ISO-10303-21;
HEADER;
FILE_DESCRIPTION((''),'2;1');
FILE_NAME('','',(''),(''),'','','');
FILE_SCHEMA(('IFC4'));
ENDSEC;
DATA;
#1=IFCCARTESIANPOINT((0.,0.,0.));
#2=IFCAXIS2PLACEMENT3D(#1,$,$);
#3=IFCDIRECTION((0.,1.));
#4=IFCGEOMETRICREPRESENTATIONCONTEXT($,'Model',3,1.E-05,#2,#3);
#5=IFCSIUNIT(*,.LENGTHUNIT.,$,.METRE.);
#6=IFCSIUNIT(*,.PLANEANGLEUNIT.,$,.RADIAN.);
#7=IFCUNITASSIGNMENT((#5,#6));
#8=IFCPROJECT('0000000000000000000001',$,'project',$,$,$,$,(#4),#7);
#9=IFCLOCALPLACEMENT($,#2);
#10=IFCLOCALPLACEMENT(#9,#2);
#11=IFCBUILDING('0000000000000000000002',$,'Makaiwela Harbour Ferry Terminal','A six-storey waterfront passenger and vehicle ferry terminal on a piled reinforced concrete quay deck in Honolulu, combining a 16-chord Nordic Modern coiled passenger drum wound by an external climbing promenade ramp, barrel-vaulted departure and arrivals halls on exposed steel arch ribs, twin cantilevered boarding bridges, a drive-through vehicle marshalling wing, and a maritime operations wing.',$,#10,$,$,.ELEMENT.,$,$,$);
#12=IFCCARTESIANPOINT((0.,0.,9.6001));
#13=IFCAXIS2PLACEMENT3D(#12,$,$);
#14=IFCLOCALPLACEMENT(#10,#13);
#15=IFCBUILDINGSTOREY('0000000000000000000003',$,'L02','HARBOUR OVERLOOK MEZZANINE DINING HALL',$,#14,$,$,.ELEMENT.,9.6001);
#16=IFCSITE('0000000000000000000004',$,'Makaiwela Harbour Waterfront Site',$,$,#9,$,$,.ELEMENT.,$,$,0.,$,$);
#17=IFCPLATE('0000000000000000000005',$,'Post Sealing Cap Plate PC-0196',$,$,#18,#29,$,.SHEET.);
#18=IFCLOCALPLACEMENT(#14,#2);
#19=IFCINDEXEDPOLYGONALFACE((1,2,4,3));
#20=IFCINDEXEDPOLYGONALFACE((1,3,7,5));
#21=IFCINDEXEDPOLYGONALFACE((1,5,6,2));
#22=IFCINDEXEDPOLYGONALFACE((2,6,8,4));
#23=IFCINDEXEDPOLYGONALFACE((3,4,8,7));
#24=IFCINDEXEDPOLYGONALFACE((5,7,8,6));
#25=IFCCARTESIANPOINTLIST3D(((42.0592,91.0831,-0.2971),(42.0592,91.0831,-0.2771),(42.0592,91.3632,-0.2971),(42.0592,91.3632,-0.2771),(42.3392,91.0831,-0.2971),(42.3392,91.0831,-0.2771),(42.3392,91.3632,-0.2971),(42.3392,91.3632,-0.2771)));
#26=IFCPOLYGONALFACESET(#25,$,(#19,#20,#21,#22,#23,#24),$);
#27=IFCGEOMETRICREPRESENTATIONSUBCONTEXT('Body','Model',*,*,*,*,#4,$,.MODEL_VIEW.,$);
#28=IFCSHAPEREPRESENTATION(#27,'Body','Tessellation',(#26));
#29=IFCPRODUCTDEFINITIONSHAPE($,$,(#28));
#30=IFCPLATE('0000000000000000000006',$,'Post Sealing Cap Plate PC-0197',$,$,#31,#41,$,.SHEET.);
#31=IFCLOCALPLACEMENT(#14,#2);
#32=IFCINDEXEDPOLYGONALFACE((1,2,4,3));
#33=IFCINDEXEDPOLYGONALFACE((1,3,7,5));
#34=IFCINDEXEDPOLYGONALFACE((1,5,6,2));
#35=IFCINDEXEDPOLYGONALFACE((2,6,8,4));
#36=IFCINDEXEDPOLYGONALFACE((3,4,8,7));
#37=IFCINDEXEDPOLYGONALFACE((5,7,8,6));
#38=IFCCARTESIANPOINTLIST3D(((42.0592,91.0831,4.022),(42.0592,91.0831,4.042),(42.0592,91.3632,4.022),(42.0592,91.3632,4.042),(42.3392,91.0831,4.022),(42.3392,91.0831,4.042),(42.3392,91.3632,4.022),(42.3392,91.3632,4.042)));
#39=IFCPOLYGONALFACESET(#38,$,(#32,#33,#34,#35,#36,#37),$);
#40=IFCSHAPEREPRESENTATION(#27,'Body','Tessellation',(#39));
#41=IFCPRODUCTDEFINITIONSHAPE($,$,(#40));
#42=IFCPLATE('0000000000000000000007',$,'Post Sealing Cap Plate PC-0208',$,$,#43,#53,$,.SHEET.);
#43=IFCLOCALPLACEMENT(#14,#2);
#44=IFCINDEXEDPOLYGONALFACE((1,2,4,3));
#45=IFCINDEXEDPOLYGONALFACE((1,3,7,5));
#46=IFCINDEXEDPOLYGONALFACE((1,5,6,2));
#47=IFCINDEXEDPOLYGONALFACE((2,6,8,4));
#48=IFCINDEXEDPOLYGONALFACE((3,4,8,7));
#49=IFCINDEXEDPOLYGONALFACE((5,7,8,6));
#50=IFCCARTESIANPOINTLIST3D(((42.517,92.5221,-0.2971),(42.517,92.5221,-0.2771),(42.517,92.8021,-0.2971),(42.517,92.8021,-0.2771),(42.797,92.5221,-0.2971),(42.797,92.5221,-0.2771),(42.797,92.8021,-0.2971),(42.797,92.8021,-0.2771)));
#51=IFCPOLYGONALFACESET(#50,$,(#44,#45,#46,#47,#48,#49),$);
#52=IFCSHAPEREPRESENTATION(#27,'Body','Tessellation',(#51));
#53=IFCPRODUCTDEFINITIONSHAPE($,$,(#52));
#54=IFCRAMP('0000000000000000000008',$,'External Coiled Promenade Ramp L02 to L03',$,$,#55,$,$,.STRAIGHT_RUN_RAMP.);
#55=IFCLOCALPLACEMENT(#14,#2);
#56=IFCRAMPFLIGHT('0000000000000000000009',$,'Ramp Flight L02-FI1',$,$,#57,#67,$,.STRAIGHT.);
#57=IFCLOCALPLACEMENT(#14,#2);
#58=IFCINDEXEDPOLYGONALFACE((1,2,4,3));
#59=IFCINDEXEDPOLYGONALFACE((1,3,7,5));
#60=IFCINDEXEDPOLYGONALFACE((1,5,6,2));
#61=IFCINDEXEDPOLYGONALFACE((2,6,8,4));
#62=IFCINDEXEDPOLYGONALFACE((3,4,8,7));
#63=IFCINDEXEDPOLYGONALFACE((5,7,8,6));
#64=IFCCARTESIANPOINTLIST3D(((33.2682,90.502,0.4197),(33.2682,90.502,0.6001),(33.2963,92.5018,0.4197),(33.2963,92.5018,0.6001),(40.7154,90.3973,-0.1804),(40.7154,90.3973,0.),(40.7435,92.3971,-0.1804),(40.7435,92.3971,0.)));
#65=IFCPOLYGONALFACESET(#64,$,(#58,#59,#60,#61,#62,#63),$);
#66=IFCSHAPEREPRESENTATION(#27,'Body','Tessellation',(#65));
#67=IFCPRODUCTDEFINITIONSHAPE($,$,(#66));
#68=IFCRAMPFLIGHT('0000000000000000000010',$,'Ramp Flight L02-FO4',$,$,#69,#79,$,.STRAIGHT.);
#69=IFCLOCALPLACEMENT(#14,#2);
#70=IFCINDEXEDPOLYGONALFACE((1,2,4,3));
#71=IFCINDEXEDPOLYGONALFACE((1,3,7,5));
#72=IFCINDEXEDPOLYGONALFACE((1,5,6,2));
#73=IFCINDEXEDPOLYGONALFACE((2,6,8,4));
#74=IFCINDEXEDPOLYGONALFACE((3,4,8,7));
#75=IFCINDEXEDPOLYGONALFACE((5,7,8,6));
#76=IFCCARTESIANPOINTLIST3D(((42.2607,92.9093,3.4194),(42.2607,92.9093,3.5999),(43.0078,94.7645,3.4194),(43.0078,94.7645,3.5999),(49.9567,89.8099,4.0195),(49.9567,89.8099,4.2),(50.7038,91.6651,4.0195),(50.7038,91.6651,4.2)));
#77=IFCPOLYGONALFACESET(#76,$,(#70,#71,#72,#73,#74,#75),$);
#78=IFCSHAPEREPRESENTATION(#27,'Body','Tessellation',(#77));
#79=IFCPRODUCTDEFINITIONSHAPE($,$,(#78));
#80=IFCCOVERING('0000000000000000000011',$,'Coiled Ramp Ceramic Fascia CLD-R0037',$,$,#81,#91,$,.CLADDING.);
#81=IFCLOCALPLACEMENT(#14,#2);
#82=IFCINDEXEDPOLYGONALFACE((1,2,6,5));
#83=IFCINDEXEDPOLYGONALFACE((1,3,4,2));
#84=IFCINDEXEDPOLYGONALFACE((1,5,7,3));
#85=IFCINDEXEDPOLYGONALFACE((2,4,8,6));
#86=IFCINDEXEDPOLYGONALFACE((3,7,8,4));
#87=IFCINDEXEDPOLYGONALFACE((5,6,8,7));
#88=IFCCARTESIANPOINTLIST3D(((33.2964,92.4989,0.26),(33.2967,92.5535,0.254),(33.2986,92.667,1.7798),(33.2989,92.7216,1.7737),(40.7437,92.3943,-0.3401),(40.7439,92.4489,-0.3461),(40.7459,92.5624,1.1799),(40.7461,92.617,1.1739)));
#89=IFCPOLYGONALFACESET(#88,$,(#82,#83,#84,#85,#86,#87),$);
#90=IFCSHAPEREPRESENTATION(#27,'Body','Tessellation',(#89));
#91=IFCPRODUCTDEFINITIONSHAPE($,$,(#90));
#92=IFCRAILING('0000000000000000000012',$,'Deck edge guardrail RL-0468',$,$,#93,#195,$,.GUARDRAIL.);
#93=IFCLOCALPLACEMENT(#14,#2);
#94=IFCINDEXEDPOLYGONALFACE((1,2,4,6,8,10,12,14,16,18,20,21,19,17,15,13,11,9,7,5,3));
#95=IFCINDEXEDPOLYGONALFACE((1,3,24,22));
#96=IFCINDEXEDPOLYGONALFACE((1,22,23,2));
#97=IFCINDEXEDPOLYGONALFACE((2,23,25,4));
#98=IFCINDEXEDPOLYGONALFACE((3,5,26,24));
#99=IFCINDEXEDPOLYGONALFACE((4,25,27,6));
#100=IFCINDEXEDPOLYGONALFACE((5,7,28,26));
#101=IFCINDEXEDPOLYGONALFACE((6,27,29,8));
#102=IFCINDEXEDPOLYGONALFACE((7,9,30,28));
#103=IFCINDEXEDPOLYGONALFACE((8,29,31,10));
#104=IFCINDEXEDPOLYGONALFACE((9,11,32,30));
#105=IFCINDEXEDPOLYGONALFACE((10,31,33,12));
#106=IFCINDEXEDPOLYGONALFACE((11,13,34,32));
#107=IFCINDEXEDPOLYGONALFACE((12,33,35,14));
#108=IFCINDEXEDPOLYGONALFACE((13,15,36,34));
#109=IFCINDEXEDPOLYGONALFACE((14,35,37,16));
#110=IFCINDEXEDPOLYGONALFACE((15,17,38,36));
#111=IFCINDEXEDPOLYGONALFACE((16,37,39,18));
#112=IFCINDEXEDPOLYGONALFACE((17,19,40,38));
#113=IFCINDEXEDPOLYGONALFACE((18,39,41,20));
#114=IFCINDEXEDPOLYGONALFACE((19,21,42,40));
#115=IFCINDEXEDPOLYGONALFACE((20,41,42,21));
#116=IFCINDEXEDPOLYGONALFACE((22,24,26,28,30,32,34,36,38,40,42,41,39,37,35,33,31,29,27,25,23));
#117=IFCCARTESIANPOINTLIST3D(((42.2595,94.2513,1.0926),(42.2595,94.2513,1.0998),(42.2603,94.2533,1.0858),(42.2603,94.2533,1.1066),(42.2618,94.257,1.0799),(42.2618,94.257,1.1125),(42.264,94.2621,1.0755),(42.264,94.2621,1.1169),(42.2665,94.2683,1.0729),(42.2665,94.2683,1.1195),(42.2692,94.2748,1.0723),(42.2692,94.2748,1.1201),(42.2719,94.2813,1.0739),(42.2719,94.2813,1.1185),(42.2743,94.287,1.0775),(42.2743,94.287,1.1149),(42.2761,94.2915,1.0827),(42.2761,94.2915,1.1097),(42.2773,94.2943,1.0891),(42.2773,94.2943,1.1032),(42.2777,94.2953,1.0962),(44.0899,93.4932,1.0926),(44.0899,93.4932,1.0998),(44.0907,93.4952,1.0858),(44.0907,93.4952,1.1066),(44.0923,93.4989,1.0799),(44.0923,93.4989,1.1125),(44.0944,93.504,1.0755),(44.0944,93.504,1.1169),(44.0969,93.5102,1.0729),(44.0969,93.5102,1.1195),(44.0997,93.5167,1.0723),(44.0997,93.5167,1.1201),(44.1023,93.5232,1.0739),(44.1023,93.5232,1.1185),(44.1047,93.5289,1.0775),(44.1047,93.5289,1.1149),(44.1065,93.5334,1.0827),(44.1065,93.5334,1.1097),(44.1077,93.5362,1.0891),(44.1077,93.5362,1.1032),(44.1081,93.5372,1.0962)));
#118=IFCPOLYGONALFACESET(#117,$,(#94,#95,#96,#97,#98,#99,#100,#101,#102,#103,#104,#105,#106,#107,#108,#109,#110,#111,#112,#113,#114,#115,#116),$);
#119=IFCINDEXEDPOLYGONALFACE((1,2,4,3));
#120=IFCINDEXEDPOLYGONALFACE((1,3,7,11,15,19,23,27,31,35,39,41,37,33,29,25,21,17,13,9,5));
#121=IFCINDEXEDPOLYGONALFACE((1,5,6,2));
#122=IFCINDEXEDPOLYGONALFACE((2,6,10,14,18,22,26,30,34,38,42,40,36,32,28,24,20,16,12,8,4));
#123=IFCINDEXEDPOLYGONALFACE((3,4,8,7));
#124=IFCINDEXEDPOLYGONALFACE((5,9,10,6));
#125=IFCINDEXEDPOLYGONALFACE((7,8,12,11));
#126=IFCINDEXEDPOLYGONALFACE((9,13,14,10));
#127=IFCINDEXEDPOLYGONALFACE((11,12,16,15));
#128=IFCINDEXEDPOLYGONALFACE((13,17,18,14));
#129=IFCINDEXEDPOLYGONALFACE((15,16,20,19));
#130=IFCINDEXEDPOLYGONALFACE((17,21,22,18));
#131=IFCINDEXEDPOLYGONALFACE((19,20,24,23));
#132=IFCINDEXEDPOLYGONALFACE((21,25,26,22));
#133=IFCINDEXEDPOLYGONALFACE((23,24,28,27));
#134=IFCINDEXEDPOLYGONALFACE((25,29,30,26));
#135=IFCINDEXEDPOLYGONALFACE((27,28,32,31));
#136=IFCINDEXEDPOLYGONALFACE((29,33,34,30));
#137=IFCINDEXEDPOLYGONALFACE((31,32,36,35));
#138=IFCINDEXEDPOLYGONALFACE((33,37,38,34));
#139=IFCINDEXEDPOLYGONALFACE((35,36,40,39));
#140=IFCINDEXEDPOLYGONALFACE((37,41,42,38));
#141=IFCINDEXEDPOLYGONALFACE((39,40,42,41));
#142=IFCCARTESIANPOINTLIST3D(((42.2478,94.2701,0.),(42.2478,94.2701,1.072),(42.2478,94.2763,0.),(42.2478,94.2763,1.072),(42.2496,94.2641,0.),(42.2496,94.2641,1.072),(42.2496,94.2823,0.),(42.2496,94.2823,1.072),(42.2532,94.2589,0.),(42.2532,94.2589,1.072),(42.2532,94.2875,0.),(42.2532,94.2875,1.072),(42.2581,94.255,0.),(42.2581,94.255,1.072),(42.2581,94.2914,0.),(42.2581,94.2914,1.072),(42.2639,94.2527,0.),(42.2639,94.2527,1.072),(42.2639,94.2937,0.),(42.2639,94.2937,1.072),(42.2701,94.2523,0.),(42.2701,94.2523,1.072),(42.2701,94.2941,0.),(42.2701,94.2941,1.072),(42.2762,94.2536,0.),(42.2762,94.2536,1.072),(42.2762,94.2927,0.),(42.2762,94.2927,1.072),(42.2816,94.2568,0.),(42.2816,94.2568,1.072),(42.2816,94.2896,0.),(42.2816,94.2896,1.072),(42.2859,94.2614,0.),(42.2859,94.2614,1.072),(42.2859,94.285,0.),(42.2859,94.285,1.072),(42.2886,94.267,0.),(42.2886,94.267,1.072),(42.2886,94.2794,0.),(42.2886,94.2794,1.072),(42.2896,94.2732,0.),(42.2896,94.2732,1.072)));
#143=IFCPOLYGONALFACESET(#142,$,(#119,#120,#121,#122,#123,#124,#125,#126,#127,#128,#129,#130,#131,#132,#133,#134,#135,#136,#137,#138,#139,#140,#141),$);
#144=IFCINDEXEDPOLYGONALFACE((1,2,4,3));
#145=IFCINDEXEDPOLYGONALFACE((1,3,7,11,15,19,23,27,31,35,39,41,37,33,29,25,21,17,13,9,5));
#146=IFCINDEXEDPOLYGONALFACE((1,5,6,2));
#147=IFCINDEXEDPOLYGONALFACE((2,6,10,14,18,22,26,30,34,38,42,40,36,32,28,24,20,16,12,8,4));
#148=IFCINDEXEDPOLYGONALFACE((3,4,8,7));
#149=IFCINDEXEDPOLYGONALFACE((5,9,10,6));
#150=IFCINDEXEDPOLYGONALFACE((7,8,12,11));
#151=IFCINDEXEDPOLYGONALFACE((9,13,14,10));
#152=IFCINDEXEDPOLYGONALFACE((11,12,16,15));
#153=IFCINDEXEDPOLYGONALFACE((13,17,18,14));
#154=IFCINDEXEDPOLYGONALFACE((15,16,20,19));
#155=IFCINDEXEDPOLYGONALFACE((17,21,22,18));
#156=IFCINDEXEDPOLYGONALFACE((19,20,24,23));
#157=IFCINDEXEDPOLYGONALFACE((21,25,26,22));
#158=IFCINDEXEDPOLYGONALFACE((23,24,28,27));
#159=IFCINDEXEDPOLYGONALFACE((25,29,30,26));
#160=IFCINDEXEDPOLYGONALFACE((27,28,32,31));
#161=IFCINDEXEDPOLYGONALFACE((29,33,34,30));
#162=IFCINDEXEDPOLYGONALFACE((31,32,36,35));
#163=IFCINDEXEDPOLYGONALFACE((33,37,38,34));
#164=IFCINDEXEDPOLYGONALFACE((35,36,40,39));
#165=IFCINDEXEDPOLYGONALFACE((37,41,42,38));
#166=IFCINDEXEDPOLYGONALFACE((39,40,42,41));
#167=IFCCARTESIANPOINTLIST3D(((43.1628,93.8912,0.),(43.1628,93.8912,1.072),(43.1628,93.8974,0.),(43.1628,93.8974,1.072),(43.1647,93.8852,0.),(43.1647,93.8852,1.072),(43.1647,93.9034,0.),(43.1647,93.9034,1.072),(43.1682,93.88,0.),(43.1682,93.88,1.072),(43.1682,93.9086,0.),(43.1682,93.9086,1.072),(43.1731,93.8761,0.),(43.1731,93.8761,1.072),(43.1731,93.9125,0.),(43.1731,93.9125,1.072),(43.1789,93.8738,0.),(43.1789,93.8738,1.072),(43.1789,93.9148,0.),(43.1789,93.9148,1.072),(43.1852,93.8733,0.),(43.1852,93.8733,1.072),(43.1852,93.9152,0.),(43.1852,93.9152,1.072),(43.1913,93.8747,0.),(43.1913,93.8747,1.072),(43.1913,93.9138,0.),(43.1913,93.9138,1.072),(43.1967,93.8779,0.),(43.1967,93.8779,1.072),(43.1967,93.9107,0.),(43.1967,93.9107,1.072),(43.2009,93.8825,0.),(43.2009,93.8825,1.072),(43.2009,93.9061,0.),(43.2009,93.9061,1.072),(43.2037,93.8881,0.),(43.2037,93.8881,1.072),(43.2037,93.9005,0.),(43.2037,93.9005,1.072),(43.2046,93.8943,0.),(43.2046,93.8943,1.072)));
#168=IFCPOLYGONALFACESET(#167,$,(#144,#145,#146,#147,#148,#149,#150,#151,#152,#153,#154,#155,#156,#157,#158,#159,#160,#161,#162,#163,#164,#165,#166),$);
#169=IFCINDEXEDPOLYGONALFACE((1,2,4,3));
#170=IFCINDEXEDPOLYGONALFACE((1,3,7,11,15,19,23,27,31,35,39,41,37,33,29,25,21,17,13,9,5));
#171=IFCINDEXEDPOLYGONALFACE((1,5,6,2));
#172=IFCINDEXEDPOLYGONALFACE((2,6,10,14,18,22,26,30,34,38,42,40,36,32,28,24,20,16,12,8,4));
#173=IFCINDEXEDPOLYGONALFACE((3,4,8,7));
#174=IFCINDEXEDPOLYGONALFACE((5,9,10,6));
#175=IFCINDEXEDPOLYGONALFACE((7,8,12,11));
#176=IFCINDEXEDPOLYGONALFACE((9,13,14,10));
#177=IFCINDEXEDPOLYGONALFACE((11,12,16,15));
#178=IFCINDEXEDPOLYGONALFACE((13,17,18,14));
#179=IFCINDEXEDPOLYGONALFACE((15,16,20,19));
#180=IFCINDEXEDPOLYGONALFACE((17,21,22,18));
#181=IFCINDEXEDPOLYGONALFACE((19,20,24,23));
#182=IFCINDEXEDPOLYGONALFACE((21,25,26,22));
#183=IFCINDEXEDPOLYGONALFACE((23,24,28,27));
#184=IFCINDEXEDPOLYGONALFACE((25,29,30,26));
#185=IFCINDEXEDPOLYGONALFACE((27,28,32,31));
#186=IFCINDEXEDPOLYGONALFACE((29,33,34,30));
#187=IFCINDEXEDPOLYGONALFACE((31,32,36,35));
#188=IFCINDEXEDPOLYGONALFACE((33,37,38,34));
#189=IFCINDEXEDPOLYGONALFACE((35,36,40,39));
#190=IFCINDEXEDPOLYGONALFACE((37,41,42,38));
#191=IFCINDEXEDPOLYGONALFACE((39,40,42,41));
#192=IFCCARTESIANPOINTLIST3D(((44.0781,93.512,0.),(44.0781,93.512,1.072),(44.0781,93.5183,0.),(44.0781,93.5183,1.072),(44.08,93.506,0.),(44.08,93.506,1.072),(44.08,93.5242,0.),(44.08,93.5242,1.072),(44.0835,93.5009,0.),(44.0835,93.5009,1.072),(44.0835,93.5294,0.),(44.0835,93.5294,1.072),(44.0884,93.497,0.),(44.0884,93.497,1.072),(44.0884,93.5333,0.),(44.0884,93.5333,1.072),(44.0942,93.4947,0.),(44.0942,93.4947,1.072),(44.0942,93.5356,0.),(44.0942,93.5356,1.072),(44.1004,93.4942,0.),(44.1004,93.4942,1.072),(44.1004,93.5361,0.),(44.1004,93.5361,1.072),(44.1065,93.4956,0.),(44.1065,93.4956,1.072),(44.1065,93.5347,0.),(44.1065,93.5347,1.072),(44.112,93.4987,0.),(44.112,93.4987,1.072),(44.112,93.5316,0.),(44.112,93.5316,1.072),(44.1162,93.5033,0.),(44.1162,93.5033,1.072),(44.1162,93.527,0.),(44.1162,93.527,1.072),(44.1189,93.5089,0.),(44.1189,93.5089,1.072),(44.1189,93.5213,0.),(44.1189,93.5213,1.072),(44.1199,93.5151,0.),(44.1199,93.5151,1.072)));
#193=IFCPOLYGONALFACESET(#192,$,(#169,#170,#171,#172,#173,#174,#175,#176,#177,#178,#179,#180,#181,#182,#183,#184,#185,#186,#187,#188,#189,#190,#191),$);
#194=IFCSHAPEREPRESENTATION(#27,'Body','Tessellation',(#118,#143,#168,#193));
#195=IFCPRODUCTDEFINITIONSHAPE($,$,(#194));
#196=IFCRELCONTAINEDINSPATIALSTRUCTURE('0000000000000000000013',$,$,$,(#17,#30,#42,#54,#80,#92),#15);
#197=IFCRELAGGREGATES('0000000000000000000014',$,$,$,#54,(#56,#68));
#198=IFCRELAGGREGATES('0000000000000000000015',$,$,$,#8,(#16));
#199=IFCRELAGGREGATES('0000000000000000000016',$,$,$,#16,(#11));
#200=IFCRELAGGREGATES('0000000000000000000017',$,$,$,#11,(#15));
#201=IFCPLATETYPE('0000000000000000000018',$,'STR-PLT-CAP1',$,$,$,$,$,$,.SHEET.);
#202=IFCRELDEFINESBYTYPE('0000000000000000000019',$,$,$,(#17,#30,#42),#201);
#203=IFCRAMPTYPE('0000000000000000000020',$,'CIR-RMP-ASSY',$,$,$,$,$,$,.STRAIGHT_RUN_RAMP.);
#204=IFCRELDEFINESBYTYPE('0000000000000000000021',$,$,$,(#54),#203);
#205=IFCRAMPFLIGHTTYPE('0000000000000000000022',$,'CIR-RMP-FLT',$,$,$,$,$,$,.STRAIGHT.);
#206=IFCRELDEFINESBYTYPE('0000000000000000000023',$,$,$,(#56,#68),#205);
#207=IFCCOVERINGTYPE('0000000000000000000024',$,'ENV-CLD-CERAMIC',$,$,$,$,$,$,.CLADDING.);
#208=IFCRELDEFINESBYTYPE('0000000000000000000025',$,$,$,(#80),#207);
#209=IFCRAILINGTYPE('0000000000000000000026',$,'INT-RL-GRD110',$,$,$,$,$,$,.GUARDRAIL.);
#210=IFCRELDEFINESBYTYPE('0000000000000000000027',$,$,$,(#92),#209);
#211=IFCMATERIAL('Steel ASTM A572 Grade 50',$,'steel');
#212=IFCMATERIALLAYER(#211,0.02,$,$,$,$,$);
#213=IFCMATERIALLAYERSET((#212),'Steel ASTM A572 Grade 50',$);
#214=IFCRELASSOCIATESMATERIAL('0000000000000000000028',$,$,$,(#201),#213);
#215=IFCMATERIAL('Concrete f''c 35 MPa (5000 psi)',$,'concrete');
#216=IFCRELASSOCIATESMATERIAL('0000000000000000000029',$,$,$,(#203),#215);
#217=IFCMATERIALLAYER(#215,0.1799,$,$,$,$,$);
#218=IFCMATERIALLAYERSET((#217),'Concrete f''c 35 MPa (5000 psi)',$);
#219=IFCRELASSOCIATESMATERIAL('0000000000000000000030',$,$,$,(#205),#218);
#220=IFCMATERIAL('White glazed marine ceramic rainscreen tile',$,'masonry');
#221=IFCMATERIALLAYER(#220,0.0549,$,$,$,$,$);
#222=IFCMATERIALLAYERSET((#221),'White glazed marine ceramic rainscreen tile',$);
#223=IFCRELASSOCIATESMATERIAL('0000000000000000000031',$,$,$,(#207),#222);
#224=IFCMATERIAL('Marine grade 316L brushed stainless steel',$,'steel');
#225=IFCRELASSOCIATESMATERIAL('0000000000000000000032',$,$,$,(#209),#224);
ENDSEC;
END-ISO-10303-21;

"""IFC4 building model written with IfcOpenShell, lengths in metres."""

from ifc_helpers import new_model, si_unit, direction, frame, origin, origin_2d, place, context, subcontext, project, spatial, polyline, rectangle, circle, outline, extrude, material, layer, layer_set, type_object, element, aggregate, save


model = new_model("IFC4")

# Units and contexts
model_context = context("Model", 3, precision=1e-05, world=origin(), true_north=direction((0.0, 1.0)))
body_context = subcontext(model_context, "Body", "Model", "MODEL_VIEW")
ifc_project = project(units=[si_unit("LENGTHUNIT", "METRE"), si_unit("PLANEANGLEUNIT", "RADIAN")], contexts=[model_context])

# Site, building, storey
site_placement = place(None, origin())
site = spatial("IfcSite", under=ifc_project, at=site_placement, Name="Makaiwela Harbour Waterfront Site", CompositionType="ELEMENT", RefElevation=0.0)
building_placement = place(site_placement, origin())
building = spatial("IfcBuilding", under=site, at=building_placement, Name="Makaiwela Harbour Ferry Terminal", Description="A six-storey waterfront passenger and vehicle ferry terminal on a piled reinforced concrete quay deck in Honolulu, combining a 16-chord Nordic Modern coiled passenger drum wound by an external climbing promenade ramp, barrel-vaulted departure and arrivals halls on exposed steel arch ribs, twin cantilevered boarding bridges, a drive-through vehicle marshalling wing, and a maritime operations wing.", CompositionType="ELEMENT")
storey_placement = place(building_placement, frame((0.0, 0.0, 9.6001)))
storey = spatial("IfcBuildingStorey", under=building, at=storey_placement, Name="L02", Description="HARBOUR OVERLOOK MEZZANINE DINING HALL", CompositionType="ELEMENT", Elevation=9.6001)

# Plates
ifc_material_1 = material(Name="Steel ASTM A572 Grade 50", Category="steel")
ifc_layer_1 = layer(ifc_material_1, 0.02)
ifc_layer_set_1 = layer_set([ifc_layer_1], Name="Steel ASTM A572 Grade 50")
plate_type = type_object("IfcPlateType", Name="STR-PLT-CAP1", PredefinedType="SHEET", material=ifc_layer_set_1)
for number, where, z_axis, x_axis, name in (
    (1, (42.1992, 91.2231, -0.2971), (0.0, 0.0, 1.0), (1.0, 0.0, 0.0), "Post Sealing Cap Plate PC-0196"),
    (2, (42.1992, 91.2231, 4.022), (0.0, 0.0, 1.0), (1.0, 0.0, 0.0), "Post Sealing Cap Plate PC-0197"),
    (3, (42.657, 92.6621, -0.2971), (0.0, 0.0, 1.0), (1.0, 0.0, 0.0), "Post Sealing Cap Plate PC-0208"),
):
    element("IfcPlate", number, at=place(storey_placement, frame(where, z_axis=z_axis, x_axis=x_axis)), inside=storey, type_object=plate_type, Name=name, PredefinedType="SHEET", context=body_context, shape_type="SweptSolid", body=[
        extrude(rectangle(XDim=0.28, YDim=0.28, at=origin_2d()), origin(), (0.0, 0.0, 1.0), 0.02),
    ])

# Ramp, ramp flights
ifc_material_2 = material(Name="Concrete f'c 35 MPa (5000 psi)", Category="concrete")
ramp_type = type_object("IfcRampType", Name="CIR-RMP-ASSY", PredefinedType="STRAIGHT_RUN_RAMP", material=ifc_material_2)
ramp_placement = place(storey_placement, origin())
ramp = element("IfcRamp", 4, at=ramp_placement, inside=storey, type_object=ramp_type, Name="External Coiled Promenade Ramp L02 to L03", PredefinedType="STRAIGHT_RUN_RAMP")
ifc_layer_2 = layer(ifc_material_2, 0.1799)
ifc_layer_set_2 = layer_set([ifc_layer_2], Name="Concrete f'c 35 MPa (5000 psi)")
ramp_flight_type = type_object("IfcRampFlightType", Name="CIR-RMP-FLT", PredefinedType="STRAIGHT", material=ifc_layer_set_2)
ramp_flight_1_placement = place(storey_placement, frame((40.7295, 91.3972, 0.0), z_axis=(0.0, 0.0, 1.0), x_axis=(-0.999901, 0.014049, 0.0)))
ramp_flight_1 = element("IfcRampFlight", 5, at=ramp_flight_1_placement, type_object=ramp_flight_type, Name="Ramp Flight L02-FI1", PredefinedType="STRAIGHT", context=body_context, shape_type="SweptSolid", body=[
    extrude(outline(polyline([(0.0, 0.0), (7.448, 0.6001), (7.448, 0.4197), (0.0, -0.1804), (0.0, 0.0)])), frame((0.0, 1.0, 0.0), z_axis=(0.0, -1.0, 0.0), x_axis=(1.0, 0.0, 0.0)), (0.0, 0.0, 1.0), 2.0),
])
ramp_flight_2_placement = place(storey_placement, frame((42.6343, 93.8369, 3.5999), z_axis=(0.0, 0.0, 1.0), x_axis=(0.927602, -0.373571, 0.0)))
ramp_flight_2 = element("IfcRampFlight", 6, at=ramp_flight_2_placement, type_object=ramp_flight_type, Name="Ramp Flight L02-FO4", PredefinedType="STRAIGHT", context=body_context, shape_type="SweptSolid", body=[
    extrude(outline(polyline([(0.0, 0.0), (8.2966, 0.6001), (8.2966, 0.4197), (0.0, -0.1804), (0.0, 0.0)])), frame((0.0, 1.0, 0.0), z_axis=(0.0, -1.0, 0.0), x_axis=(1.0, 0.0, 0.0)), (0.0, 0.0, 1.0), 2.0),
])
aggregate(ramp, [ramp_flight_1, ramp_flight_2])

# Covering
ifc_material_3 = material(Name="White glazed marine ceramic rainscreen tile", Category="masonry")
ifc_layer_3 = layer(ifc_material_3, 0.0549)
ifc_layer_set_3 = layer_set([ifc_layer_3], Name="White glazed marine ceramic rainscreen tile")
covering_type = type_object("IfcCoveringType", Name="ENV-CLD-CERAMIC", PredefinedType="CLADDING", material=ifc_layer_set_3)
covering_placement = place(storey_placement, frame((40.7437, 92.3943, -0.3401), z_axis=(-0.005106, -0.993926, 0.109929), x_axis=(-0.996672, 0.014002, 0.080309)))
element("IfcCovering", 7, at=covering_placement, inside=storey, type_object=covering_type, Name="Coiled Ramp Ceramic Fascia CLD-R0037", PredefinedType="CLADDING", context=body_context, shape_type="SweptSolid", body=[
    extrude(outline(polyline([(0.0, 0.0), (7.4721, 0.0), (7.5944, -1.5242), (0.1222, -1.5244), (0.0, 0.0)])), origin(), (0.0, 0.0, -1.0), 0.0549),
])

# Railing
ifc_material_4 = material(Name="Marine grade 316L brushed stainless steel", Category="steel")
railing_type_1 = type_object("IfcRailingType", Name="INT-RL-GRD110", PredefinedType="GUARDRAIL", material=ifc_material_4)
railing_1_placement = place(storey_placement, frame((42.2686, 94.2732, 0.0)))
element("IfcRailing", 8, at=railing_1_placement, inside=storey, type_object=railing_type_1, Name="Deck edge guardrail RL-0468", PredefinedType="GUARDRAIL", context=body_context, shape_type="SweptSolid", body=[
    extrude(circle(Radius=0.0239, at=origin_2d()), frame((0.0, 0.0, 1.0962), z_axis=(0.923895, -0.382646, 0.0), x_axis=(0.382646, 0.923895, 0.0)), (0.0, 0.0, 1.0), 1.9812),
    extrude(circle(Radius=0.021, at=origin_2d()), origin(), (0.0, 0.0, 1.0), 1.072),
    extrude(circle(Radius=0.021, at=origin_2d()), frame((0.915, -0.3789, 0.0)), (0.0, 0.0, 1.0), 1.072),
    extrude(circle(Radius=0.021, at=origin_2d()), frame((1.8303, -0.7581, 0.0)), (0.0, 0.0, 1.0), 1.072),
])

save(model, "model.ifc")
